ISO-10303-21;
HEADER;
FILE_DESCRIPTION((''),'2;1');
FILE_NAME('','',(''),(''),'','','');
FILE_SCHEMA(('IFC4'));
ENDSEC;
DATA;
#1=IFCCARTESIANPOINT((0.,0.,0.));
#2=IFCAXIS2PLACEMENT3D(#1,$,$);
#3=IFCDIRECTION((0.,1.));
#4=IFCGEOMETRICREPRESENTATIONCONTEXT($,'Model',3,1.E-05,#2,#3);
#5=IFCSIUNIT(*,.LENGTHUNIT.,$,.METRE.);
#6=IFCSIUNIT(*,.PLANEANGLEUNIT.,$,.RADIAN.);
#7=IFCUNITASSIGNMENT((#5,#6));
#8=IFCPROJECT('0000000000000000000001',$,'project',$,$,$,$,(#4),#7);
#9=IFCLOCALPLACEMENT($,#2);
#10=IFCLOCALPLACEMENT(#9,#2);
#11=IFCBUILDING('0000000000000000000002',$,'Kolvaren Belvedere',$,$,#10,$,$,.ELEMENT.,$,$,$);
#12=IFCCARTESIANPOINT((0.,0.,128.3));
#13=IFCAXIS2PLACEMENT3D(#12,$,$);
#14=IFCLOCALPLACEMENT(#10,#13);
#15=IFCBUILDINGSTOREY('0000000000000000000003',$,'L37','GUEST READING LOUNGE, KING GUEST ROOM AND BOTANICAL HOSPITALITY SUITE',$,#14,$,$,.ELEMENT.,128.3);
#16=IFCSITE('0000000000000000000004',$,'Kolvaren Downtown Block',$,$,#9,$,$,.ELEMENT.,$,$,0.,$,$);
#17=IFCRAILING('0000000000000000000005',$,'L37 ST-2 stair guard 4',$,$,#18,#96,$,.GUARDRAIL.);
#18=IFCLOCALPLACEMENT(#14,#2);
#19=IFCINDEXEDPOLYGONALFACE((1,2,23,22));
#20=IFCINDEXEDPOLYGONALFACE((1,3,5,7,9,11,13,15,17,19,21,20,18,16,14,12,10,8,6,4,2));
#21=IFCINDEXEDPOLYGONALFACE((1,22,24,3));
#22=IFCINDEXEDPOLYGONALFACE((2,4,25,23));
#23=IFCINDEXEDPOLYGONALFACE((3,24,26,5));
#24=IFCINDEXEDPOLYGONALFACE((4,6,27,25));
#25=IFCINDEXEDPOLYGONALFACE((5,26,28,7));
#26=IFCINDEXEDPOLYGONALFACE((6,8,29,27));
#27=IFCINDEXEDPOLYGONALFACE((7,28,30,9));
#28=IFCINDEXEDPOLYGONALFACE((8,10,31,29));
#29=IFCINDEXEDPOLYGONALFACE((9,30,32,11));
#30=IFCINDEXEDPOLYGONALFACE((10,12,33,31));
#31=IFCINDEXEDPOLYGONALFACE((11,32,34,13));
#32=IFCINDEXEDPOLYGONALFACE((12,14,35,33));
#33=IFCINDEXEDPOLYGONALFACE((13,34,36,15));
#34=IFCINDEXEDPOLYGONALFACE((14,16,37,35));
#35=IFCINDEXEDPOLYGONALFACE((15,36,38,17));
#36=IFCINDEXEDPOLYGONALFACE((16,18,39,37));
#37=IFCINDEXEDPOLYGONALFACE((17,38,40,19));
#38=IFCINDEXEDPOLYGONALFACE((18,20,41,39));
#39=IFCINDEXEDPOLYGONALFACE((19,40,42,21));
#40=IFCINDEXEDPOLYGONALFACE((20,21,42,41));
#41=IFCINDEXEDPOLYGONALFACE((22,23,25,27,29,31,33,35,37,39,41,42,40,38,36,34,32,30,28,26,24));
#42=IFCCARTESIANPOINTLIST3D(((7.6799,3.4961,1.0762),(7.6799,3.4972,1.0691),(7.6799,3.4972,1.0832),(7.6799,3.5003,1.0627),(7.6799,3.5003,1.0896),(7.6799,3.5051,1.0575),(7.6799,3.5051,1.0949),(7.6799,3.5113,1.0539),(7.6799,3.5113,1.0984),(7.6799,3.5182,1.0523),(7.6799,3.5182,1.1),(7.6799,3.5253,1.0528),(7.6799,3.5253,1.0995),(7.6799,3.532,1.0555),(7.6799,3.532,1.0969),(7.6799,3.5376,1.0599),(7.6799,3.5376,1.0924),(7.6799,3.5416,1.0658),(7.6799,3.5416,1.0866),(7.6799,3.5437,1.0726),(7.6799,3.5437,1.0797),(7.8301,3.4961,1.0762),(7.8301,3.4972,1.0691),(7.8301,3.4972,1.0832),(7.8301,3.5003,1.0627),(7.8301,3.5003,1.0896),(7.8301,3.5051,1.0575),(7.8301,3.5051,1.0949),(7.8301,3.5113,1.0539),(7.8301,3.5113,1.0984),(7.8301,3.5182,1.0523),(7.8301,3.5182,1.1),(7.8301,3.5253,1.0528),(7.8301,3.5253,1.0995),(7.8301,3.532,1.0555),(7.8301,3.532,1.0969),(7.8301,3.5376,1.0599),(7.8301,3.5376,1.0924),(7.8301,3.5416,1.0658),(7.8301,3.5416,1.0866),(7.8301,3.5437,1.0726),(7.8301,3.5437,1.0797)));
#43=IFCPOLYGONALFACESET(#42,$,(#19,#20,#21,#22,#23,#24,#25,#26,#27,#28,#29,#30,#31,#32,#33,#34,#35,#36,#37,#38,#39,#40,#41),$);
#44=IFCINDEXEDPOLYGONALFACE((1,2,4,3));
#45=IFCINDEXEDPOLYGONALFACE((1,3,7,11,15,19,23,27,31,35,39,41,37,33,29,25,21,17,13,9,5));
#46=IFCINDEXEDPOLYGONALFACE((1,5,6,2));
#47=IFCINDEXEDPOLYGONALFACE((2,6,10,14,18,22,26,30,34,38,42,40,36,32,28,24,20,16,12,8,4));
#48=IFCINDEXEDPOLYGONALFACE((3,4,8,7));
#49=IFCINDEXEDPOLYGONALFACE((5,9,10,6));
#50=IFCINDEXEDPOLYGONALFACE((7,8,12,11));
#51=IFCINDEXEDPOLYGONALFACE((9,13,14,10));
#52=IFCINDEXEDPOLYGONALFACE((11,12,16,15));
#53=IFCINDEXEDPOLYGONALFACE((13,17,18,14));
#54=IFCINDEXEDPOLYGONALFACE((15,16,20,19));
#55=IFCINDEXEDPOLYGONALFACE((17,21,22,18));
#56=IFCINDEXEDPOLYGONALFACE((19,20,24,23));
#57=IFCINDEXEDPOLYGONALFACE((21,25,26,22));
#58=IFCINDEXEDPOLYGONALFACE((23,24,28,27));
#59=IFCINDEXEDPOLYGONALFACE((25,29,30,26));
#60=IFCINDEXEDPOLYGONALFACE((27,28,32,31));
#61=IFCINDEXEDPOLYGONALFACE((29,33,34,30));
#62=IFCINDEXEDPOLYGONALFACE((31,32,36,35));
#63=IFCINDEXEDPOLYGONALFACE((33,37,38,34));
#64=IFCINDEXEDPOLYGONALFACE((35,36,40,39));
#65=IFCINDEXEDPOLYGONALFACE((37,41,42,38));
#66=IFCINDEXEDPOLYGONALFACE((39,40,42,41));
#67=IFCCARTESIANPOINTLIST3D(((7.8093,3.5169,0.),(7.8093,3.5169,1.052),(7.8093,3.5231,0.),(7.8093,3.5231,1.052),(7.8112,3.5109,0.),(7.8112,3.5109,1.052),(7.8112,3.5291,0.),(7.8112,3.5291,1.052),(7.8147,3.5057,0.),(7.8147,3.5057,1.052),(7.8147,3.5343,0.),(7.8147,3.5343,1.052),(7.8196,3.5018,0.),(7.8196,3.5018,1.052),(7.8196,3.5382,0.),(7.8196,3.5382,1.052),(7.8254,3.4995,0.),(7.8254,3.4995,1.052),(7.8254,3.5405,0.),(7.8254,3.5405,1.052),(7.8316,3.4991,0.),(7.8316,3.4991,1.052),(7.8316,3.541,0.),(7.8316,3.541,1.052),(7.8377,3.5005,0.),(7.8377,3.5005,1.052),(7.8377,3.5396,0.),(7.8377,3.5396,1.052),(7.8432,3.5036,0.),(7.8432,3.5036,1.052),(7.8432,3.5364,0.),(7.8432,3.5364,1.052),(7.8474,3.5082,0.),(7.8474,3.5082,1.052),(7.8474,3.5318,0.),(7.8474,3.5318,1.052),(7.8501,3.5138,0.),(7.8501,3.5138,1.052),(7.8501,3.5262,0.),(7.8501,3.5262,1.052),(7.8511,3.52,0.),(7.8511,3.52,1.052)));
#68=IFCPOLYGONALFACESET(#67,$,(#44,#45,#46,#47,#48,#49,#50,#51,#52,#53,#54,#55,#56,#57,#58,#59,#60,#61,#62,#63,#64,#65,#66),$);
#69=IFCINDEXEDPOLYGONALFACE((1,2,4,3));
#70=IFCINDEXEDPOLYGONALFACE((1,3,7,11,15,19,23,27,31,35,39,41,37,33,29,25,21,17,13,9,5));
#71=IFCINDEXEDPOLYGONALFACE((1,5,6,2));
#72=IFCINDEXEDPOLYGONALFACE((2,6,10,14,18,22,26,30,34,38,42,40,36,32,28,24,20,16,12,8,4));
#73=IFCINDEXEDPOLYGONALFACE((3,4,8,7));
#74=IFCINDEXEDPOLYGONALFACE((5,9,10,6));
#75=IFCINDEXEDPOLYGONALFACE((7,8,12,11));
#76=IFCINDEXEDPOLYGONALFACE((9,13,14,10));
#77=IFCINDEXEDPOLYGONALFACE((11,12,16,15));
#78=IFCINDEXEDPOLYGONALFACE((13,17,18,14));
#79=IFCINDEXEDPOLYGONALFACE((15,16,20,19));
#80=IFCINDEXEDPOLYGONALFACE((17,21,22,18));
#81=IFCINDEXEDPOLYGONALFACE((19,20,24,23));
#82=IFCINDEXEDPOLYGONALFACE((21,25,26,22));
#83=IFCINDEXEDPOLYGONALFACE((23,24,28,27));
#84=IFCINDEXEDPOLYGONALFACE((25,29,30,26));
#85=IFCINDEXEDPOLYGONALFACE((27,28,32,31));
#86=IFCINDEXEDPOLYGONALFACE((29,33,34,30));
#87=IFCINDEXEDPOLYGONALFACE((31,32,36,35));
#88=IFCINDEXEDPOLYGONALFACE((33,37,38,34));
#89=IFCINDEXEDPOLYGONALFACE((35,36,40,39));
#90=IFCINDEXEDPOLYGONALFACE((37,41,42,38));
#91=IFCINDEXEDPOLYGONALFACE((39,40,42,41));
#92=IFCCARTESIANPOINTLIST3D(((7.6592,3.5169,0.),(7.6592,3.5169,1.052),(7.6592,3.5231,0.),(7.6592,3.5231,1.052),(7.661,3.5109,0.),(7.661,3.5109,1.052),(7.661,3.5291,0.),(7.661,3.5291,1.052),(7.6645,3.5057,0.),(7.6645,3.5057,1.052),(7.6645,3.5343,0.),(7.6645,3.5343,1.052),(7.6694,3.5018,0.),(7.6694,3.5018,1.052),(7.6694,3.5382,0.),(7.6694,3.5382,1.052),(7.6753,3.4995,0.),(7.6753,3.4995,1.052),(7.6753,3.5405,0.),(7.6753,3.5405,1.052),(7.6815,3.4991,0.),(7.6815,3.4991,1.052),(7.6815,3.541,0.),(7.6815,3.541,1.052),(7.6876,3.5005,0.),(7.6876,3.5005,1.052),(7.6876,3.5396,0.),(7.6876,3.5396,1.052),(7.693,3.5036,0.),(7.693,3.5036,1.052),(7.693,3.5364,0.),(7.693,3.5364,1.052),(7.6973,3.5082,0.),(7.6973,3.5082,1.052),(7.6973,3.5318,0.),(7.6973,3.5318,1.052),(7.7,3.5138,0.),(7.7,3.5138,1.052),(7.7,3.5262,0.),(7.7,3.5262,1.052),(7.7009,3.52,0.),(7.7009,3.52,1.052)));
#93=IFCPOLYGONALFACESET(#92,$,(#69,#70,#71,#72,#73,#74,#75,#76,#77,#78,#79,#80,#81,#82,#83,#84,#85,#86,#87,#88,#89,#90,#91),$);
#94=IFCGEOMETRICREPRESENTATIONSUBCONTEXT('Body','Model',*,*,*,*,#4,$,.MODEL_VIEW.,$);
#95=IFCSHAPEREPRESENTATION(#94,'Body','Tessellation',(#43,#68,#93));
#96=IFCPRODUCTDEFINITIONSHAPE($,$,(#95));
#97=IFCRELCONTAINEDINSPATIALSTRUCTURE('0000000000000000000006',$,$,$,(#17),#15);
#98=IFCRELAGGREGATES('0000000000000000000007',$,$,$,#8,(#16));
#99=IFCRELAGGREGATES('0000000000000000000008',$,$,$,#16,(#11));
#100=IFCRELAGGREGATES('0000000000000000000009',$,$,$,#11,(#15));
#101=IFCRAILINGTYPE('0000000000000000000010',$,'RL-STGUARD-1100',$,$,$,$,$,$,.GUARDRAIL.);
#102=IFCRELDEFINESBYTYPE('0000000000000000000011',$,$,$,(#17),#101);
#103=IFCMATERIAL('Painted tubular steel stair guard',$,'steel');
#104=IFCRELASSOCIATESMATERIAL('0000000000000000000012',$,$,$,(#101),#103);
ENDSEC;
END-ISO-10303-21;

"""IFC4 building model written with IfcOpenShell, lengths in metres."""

from ifc_helpers import new_model, si_unit, direction, frame, origin, origin_2d, place, context, subcontext, project, spatial, circle, extrude, material, type_object, element, save


model = new_model("IFC4")

# Units and contexts
model_context = context("Model", 3, precision=1e-05, world=origin(), true_north=direction((0.0, 1.0)))
body_context = subcontext(model_context, "Body", "Model", "MODEL_VIEW")
ifc_project = project(units=[si_unit("LENGTHUNIT", "METRE"), si_unit("PLANEANGLEUNIT", "RADIAN")], contexts=[model_context])

# Site, building, storey
site_placement = place(None, origin())
site = spatial("IfcSite", under=ifc_project, at=site_placement, Name="Kolvaren Downtown Block", CompositionType="ELEMENT", RefElevation=0.0)
building_placement = place(site_placement, origin())
building = spatial("IfcBuilding", under=site, at=building_placement, Name="Kolvaren Belvedere", CompositionType="ELEMENT")
storey_placement = place(building_placement, frame((0.0, 0.0, 128.3)))
storey = spatial("IfcBuildingStorey", under=building, at=storey_placement, Name="L37", Description="GUEST READING LOUNGE, KING GUEST ROOM AND BOTANICAL HOSPITALITY SUITE", CompositionType="ELEMENT", Elevation=128.3)

# Railing
ifc_material_1 = material(Name="Painted tubular steel stair guard", Category="steel")
railing_type_1 = type_object("IfcRailingType", Name="RL-STGUARD-1100", PredefinedType="GUARDRAIL", material=ifc_material_1)
railing_1_placement = place(storey_placement, frame((7.8301, 3.52, 0.0)))
element("IfcRailing", 1, at=railing_1_placement, inside=storey, type_object=railing_type_1, Name="L37 ST-2 stair guard 4", PredefinedType="GUARDRAIL", context=body_context, shape_type="SweptSolid", body=[
    extrude(circle(Radius=0.0239, at=origin_2d()), frame((0.0, 0.0, 1.0762), z_axis=(-1.0, 0.0, 0.0), x_axis=(0.0, -1.0, 0.0)), (0.0, 0.0, 1.0), 0.1501),
    extrude(circle(Radius=0.021, at=origin_2d()), origin(), (0.0, 0.0, 1.0), 1.052),
    extrude(circle(Radius=0.021, at=origin_2d()), frame((-0.1501, 0.0, 0.0)), (0.0, 0.0, 1.0), 1.052),
])

save(model, "model.ifc")
